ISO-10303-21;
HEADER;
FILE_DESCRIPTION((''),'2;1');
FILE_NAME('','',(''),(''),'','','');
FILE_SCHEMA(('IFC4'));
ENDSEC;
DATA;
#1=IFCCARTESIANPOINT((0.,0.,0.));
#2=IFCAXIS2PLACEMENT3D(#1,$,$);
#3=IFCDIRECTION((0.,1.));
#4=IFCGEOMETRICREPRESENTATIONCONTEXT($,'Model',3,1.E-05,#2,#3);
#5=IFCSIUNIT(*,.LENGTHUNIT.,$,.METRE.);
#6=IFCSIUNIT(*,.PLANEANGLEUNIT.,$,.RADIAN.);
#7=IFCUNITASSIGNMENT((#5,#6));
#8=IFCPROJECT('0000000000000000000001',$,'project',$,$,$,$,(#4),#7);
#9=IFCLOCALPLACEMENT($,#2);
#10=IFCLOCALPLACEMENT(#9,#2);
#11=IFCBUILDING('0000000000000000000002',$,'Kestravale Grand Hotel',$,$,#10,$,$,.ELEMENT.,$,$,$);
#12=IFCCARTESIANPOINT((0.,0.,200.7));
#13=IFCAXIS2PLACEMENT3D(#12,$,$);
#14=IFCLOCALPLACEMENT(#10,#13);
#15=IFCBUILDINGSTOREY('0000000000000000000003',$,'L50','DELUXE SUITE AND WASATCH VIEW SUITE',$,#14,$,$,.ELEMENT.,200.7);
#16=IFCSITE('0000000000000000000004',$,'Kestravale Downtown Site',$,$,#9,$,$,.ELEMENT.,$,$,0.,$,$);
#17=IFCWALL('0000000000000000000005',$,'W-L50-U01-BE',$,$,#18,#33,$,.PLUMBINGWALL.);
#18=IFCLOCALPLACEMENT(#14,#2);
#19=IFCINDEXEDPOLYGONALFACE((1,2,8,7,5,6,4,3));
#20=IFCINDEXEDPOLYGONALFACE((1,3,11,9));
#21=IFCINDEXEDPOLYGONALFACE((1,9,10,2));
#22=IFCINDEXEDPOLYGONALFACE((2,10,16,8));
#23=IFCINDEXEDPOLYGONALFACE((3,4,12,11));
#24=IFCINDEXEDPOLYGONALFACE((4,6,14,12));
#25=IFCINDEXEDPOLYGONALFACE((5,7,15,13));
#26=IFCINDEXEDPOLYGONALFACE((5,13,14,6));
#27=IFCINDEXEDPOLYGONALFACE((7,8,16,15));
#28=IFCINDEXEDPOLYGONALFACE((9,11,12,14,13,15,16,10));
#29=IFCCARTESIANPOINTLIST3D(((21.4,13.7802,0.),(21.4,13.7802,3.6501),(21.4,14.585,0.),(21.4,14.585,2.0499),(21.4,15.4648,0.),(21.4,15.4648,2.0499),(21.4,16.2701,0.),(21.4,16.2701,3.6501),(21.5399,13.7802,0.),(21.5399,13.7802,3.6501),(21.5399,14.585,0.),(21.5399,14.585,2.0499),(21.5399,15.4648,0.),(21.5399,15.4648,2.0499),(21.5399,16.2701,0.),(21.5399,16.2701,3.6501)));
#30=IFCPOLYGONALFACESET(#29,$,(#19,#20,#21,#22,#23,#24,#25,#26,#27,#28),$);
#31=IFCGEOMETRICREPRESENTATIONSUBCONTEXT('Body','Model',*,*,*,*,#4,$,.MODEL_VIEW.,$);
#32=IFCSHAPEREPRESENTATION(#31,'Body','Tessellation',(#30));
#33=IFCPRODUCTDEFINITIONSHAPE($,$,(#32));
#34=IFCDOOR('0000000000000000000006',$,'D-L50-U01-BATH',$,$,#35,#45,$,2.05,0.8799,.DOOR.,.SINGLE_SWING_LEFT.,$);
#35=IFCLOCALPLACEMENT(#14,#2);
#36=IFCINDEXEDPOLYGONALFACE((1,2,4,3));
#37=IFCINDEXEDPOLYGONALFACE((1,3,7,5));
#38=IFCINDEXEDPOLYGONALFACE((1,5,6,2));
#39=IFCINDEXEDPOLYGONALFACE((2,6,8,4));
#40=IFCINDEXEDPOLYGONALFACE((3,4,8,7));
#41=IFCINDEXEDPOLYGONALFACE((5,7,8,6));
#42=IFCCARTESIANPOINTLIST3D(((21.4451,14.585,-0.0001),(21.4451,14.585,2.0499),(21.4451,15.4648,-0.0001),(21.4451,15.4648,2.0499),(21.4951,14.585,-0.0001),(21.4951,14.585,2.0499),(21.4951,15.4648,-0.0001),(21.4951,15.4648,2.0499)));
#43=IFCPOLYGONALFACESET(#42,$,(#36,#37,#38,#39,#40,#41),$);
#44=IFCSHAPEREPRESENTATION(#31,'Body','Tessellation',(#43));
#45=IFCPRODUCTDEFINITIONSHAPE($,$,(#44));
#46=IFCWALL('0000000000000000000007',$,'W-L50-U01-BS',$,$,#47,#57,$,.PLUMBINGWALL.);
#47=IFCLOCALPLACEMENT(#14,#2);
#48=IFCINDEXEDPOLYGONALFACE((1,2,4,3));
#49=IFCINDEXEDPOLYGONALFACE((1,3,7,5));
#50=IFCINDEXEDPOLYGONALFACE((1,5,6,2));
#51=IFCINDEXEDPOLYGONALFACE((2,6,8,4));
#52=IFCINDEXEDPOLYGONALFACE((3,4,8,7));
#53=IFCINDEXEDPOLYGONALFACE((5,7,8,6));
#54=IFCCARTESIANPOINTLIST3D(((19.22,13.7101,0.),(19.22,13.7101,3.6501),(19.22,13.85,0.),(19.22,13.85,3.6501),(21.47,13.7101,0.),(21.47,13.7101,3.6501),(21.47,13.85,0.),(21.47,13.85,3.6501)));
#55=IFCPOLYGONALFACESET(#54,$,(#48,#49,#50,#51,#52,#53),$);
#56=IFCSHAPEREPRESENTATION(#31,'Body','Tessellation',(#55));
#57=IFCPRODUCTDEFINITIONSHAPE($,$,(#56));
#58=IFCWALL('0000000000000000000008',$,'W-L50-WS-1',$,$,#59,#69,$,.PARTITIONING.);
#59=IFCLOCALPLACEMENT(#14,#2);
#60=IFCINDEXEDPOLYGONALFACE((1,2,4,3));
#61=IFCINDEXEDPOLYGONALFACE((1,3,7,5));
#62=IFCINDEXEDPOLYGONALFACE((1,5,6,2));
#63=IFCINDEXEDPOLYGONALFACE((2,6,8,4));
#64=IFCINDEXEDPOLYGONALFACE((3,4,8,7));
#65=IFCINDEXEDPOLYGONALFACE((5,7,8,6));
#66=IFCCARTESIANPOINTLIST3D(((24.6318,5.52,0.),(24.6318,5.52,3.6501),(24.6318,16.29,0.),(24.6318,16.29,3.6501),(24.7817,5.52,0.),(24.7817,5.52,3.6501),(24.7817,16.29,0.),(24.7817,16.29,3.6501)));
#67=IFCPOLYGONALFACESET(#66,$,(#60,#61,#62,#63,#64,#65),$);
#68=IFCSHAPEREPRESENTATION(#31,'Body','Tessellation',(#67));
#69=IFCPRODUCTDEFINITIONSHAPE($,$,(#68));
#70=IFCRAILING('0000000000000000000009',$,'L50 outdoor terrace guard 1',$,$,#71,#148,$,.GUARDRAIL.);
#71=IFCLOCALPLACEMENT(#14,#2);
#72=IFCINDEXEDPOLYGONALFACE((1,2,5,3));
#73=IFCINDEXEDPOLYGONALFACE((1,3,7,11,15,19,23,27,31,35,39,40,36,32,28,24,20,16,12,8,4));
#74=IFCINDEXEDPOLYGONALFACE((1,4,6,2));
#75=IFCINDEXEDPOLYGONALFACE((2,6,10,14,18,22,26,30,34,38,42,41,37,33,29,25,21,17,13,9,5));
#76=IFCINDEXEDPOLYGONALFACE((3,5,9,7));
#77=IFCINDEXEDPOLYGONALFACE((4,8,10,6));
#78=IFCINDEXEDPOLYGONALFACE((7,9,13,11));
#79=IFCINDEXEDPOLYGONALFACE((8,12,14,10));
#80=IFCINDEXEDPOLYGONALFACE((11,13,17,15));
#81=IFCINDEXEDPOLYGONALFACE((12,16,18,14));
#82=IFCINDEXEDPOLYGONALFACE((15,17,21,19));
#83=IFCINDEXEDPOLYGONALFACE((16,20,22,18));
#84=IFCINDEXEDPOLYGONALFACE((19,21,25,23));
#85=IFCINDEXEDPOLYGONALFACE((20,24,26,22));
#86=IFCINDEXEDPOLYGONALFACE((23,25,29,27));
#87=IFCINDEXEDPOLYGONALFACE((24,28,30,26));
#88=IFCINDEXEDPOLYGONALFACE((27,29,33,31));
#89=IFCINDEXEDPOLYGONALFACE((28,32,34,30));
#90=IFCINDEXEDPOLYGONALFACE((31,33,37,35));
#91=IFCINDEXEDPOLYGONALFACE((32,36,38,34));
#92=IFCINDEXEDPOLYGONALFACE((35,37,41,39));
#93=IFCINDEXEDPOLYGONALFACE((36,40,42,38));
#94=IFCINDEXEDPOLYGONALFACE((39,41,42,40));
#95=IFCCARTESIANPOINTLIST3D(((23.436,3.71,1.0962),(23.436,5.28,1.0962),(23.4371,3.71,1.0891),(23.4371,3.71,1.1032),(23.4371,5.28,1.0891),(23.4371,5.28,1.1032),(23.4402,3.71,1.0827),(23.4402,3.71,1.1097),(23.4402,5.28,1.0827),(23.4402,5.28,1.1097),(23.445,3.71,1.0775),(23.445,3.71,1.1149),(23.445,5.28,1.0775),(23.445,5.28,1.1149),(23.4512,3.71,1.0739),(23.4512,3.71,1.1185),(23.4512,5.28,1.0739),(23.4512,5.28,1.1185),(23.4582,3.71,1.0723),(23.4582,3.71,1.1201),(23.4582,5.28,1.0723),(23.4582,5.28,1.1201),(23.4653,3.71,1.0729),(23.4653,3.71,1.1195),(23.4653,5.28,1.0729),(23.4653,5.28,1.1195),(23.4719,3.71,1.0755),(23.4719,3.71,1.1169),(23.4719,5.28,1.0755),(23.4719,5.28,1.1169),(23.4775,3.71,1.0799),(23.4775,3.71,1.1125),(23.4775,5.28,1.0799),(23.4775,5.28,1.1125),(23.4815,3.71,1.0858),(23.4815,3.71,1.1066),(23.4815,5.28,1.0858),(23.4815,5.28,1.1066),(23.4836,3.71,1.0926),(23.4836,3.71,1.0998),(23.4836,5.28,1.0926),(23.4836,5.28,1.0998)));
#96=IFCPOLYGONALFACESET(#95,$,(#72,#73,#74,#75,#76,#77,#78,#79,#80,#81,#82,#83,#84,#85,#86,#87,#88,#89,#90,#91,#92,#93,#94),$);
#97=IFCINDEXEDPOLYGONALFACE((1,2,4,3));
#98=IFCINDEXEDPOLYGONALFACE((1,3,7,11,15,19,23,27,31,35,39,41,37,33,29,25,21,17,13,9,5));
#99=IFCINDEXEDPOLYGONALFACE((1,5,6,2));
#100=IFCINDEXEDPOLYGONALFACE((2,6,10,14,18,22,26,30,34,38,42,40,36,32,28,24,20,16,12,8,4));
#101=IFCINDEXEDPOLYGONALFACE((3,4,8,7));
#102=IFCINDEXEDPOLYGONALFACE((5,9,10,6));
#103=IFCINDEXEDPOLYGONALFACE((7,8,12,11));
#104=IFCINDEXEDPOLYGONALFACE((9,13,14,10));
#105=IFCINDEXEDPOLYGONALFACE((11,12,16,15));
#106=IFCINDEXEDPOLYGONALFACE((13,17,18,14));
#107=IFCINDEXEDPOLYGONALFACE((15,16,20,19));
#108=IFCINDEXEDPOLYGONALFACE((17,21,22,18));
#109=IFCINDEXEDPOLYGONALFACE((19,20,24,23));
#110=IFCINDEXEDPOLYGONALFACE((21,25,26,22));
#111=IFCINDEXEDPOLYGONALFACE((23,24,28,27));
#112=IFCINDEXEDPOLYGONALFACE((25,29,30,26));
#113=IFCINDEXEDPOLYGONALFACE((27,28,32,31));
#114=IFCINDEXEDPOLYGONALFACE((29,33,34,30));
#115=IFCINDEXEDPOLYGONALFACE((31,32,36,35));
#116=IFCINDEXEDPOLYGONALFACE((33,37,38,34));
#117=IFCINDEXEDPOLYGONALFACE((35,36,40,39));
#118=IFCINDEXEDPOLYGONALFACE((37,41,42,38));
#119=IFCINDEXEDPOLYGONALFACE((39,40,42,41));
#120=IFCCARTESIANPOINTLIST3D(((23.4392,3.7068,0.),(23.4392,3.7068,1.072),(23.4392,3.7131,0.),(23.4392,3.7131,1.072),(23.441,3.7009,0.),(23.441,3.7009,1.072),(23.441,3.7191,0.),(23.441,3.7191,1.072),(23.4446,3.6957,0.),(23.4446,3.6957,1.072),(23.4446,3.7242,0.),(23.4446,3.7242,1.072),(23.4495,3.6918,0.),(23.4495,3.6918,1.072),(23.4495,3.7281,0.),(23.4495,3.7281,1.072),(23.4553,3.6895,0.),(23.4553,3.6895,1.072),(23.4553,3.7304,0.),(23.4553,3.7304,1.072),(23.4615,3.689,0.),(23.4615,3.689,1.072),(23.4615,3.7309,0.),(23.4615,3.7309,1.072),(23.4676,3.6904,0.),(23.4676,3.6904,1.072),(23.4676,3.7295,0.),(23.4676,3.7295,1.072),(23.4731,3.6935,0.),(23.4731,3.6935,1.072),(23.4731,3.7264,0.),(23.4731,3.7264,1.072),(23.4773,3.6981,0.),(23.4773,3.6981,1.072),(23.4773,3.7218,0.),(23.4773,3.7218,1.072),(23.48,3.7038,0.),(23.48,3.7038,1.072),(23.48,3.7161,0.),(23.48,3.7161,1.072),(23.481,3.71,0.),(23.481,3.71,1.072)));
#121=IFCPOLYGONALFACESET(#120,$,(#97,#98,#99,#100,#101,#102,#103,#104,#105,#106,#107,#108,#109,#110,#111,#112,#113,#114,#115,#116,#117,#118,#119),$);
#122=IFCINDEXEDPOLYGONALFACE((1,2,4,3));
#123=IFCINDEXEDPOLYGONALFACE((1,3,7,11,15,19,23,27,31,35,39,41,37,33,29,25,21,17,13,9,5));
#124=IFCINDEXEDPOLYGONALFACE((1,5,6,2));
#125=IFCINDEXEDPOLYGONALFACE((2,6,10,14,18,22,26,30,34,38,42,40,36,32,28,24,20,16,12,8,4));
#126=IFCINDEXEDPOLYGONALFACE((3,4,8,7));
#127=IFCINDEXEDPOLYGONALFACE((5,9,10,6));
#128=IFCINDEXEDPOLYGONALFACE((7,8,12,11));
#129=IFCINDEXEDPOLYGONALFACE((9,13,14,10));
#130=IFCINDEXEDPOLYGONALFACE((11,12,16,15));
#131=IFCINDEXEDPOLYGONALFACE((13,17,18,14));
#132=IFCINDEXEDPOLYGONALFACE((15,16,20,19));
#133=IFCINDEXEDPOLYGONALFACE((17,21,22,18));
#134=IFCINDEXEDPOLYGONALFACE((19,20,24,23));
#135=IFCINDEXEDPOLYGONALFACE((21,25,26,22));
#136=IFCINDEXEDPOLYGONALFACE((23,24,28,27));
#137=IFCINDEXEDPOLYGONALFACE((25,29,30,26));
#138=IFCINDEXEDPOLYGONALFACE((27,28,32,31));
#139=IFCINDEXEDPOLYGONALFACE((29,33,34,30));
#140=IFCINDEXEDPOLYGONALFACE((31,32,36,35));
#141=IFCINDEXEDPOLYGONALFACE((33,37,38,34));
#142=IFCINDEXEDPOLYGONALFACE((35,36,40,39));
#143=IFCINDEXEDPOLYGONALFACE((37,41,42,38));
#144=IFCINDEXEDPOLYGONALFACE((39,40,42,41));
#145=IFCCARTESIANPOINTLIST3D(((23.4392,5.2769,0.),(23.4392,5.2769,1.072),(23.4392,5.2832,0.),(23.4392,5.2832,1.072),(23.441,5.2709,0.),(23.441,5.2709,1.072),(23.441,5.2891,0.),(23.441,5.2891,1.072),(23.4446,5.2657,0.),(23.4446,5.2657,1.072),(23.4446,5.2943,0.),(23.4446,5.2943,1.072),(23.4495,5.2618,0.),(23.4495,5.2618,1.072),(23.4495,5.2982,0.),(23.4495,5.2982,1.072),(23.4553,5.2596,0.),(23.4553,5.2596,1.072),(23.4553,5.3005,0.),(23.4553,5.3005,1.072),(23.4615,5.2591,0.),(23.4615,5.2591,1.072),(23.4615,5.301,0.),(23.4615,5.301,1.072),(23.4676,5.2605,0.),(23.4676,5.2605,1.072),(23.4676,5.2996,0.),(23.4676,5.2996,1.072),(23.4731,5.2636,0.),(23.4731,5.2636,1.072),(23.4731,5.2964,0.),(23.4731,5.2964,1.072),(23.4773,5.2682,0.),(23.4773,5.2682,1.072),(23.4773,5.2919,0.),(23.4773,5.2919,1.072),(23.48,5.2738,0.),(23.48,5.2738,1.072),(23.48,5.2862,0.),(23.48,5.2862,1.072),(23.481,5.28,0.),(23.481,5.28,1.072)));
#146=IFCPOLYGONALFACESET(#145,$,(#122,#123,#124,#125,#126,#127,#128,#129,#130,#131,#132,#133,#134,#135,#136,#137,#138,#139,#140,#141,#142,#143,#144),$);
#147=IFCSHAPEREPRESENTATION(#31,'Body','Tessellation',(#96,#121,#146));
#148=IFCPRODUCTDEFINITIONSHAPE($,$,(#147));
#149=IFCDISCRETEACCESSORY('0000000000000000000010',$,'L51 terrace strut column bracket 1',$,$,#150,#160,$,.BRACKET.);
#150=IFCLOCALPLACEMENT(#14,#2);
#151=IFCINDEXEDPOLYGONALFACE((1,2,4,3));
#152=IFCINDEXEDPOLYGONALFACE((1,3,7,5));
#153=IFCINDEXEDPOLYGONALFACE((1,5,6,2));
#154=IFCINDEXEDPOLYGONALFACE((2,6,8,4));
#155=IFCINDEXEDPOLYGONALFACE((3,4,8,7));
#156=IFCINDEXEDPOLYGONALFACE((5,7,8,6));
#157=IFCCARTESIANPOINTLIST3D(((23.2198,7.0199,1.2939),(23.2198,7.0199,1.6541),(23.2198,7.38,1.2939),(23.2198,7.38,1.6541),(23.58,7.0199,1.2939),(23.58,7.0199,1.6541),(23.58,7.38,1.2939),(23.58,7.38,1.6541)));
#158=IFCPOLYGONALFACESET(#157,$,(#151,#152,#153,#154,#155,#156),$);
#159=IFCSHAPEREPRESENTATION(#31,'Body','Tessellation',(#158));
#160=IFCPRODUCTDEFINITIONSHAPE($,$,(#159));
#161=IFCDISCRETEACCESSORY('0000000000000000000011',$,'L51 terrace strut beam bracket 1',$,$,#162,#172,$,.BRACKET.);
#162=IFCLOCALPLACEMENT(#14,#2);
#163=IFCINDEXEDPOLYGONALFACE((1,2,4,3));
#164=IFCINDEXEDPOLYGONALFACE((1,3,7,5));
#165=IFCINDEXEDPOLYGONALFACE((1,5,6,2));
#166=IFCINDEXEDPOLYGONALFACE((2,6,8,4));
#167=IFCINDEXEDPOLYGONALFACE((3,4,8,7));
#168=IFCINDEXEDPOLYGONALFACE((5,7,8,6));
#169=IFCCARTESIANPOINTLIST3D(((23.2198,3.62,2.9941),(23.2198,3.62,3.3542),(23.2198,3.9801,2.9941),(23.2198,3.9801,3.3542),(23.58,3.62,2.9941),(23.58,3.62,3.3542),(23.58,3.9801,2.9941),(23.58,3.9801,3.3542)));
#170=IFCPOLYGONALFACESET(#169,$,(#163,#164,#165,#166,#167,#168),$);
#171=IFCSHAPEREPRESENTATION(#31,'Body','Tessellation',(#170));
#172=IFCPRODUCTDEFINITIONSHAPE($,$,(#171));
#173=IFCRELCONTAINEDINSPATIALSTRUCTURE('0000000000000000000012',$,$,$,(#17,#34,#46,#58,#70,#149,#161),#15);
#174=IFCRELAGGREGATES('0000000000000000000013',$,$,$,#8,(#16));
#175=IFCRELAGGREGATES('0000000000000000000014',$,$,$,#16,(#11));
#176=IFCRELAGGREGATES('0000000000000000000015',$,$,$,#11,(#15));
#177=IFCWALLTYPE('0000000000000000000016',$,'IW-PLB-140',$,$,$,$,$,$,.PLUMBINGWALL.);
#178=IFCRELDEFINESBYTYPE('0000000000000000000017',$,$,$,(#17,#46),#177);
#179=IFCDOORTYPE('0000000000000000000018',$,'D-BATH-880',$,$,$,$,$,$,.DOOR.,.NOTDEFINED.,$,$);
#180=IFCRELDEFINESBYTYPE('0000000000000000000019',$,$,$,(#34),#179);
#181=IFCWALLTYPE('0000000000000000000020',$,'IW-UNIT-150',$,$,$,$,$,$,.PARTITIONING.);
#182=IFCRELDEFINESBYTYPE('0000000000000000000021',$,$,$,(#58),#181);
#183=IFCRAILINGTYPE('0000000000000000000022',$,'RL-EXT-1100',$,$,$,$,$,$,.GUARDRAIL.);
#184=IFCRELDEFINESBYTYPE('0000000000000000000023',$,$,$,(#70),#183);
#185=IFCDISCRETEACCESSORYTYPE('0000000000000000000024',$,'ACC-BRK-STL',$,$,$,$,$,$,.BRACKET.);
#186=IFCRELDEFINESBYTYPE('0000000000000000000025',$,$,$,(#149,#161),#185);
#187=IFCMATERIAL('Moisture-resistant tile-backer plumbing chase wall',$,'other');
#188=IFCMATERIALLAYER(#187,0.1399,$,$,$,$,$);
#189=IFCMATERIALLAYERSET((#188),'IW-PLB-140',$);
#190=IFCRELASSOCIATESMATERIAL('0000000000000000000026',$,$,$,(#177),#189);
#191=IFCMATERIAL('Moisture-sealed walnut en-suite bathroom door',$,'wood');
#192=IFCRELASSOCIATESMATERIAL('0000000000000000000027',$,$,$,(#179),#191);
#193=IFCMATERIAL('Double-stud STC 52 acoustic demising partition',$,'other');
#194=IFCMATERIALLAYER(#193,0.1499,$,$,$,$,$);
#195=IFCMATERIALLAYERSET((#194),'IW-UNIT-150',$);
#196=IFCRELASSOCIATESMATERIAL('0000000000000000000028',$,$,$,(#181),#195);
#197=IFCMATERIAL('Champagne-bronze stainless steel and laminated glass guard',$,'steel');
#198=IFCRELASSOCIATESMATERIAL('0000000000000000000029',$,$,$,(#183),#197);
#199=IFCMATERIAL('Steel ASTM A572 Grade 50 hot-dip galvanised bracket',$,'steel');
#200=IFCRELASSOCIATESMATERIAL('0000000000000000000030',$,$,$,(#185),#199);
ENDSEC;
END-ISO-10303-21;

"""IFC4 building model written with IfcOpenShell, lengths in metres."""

from ifc_helpers import new_model, si_unit, direction, frame, frame_2d, origin, origin_2d, place, context, subcontext, project, spatial, rectangle, circle, extrude, material, layer, layer_set, type_object, element, fill, save


model = new_model("IFC4")

# Units and contexts
model_context = context("Model", 3, precision=1e-05, world=origin(), true_north=direction((0.0, 1.0)))
body_context = subcontext(model_context, "Body", "Model", "MODEL_VIEW")
ifc_project = project(units=[si_unit("LENGTHUNIT", "METRE"), si_unit("PLANEANGLEUNIT", "RADIAN")], contexts=[model_context])

# Site, building, storey
site_placement = place(None, origin())
site = spatial("IfcSite", under=ifc_project, at=site_placement, Name="Kestravale Downtown Site", CompositionType="ELEMENT", RefElevation=0.0)
building_placement = place(site_placement, origin())
building = spatial("IfcBuilding", under=site, at=building_placement, Name="Kestravale Grand Hotel", CompositionType="ELEMENT")
storey_placement = place(building_placement, frame((0.0, 0.0, 200.7)))
storey = spatial("IfcBuildingStorey", under=building, at=storey_placement, Name="L50", Description="DELUXE SUITE AND WASATCH VIEW SUITE", CompositionType="ELEMENT", Elevation=200.7)

# Wall, opening, door
ifc_material_1 = material(Name="Moisture-resistant tile-backer plumbing chase wall", Category="other")
ifc_layer_1 = layer(ifc_material_1, 0.1399)
ifc_layer_set_1 = layer_set([ifc_layer_1], Name="IW-PLB-140")
wall_type_1 = type_object("IfcWallType", Name="IW-PLB-140", PredefinedType="PLUMBINGWALL", material=ifc_layer_set_1)
wall_1_placement = place(storey_placement, frame((21.47, 13.78, 0.0), z_axis=(0.0, 0.0, 1.0), x_axis=(0.0, 1.0, 0.0)))
wall_1 = element("IfcWall", 1, at=wall_1_placement, inside=storey, type_object=wall_type_1, Name="W-L50-U01-BE", PredefinedType="PLUMBINGWALL", context=body_context, shape_type="SweptSolid", body=[
    extrude(rectangle(XDim=2.49, YDim=0.1399, at=frame_2d((1.2451, 0.0))), origin(), (0.0, 0.0, 1.0), 3.6501),
])
opening_placement = place(wall_1_placement, frame((0.8049, 0.0, 0.0)))
opening = element("IfcOpeningElement", 2, at=opening_placement, cuts=wall_1, PredefinedType="OPENING", context=body_context, shape_type="SweptSolid", body=[
    extrude(rectangle(XDim=0.8799, YDim=2.05, at=frame_2d((0.4399, 1.0249))), frame((0.0, 0.0798, 0.0), z_axis=(0.0, -1.0, 0.0), x_axis=(1.0, 0.0, 0.0)), (0.0, 0.0, 1.0), 0.1599),
])
ifc_material_2 = material(Name="Moisture-sealed walnut en-suite bathroom door", Category="wood")
door_type = type_object("IfcDoorType", Name="D-BATH-880", OperationType="NOTDEFINED", PredefinedType="DOOR", material=ifc_material_2)
door_placement = place(opening_placement, origin())
door = element("IfcDoor", 3, at=door_placement, inside=storey, type_object=door_type, Name="D-L50-U01-BATH", OperationType="SINGLE_SWING_LEFT", OverallHeight=2.05, OverallWidth=0.8799, PredefinedType="DOOR", context=body_context, shape_type="SweptSolid", body=[
    extrude(rectangle(XDim=0.8799, YDim=2.05, at=frame_2d((0.4399, 1.0249))), frame((0.0, 0.0249, 0.0), z_axis=(0.0, -1.0, 0.0), x_axis=(1.0, 0.0, 0.0)), (0.0, 0.0, 1.0), 0.05),
])
fill(opening, door)

# Walls
wall_2_placement = place(storey_placement, frame((19.22, 13.78, 0.0), z_axis=(0.0, 0.0, 1.0), x_axis=(1.0, 0.0, 0.0)))
element("IfcWall", 4, at=wall_2_placement, inside=storey, type_object=wall_type_1, Name="W-L50-U01-BS", PredefinedType="PLUMBINGWALL", context=body_context, shape_type="SweptSolid", body=[
    extrude(rectangle(XDim=2.25, YDim=0.1399, at=frame_2d((1.125, 0.0))), origin(), (0.0, 0.0, 1.0), 3.6501),
])
ifc_material_3 = material(Name="Double-stud STC 52 acoustic demising partition", Category="other")
ifc_layer_2 = layer(ifc_material_3, 0.1499)
ifc_layer_set_2 = layer_set([ifc_layer_2], Name="IW-UNIT-150")
wall_type_2 = type_object("IfcWallType", Name="IW-UNIT-150", PredefinedType="PARTITIONING", material=ifc_layer_set_2)
wall_3_placement = place(storey_placement, frame((24.7068, 5.52, 0.0), z_axis=(0.0, 0.0, 1.0), x_axis=(0.0, 1.0, 0.0)))
element("IfcWall", 5, at=wall_3_placement, inside=storey, type_object=wall_type_2, Name="W-L50-WS-1", PredefinedType="PARTITIONING", context=body_context, shape_type="SweptSolid", body=[
    extrude(rectangle(XDim=10.77, YDim=0.1499, at=frame_2d((5.385, 0.0))), origin(), (0.0, 0.0, 1.0), 3.6501),
])

# Railing
ifc_material_4 = material(Name="Champagne-bronze stainless steel and laminated glass guard", Category="steel")
railing_type = type_object("IfcRailingType", Name="RL-EXT-1100", PredefinedType="GUARDRAIL", material=ifc_material_4)
railing_placement = place(storey_placement, frame((23.46, 3.71, 0.0)))
element("IfcRailing", 6, at=railing_placement, inside=storey, type_object=railing_type, Name="L50 outdoor terrace guard 1", PredefinedType="GUARDRAIL", context=body_context, shape_type="SweptSolid", body=[
    extrude(circle(Radius=0.0239, at=origin_2d()), frame((0.0, 0.0, 1.0962), z_axis=(0.0, 1.0, 0.0), x_axis=(-1.0, 0.0, 0.0)), (0.0, 0.0, 1.0), 1.5701),
    extrude(circle(Radius=0.021, at=origin_2d()), origin(), (0.0, 0.0, 1.0), 1.072),
    extrude(circle(Radius=0.021, at=origin_2d()), frame((0.0, 1.5701, 0.0)), (0.0, 0.0, 1.0), 1.072),
])

# Discrete accessories
ifc_material_5 = material(Name="Steel ASTM A572 Grade 50 hot-dip galvanised bracket", Category="steel")
discrete_accessory_type = type_object("IfcDiscreteAccessoryType", Name="ACC-BRK-STL", PredefinedType="BRACKET", material=ifc_material_5)
for number, where, z_axis, x_axis, name in (
    (7, (23.3999, 7.2, 1.2939), (0.0, 0.0, 1.0), (1.0, 0.0, 0.0), "L51 terrace strut column bracket 1"),
    (8, (23.3999, 3.8, 2.9941), (0.0, 0.0, 1.0), (1.0, 0.0, 0.0), "L51 terrace strut beam bracket 1"),
):
    element("IfcDiscreteAccessory", number, at=place(storey_placement, frame(where, z_axis=z_axis, x_axis=x_axis)), inside=storey, type_object=discrete_accessory_type, Name=name, PredefinedType="BRACKET", context=body_context, shape_type="SweptSolid", body=[
        extrude(rectangle(XDim=0.3601, YDim=0.3601, at=origin_2d()), origin(), (0.0, 0.0, 1.0), 0.3601),
    ])

save(model, "model.ifc")
